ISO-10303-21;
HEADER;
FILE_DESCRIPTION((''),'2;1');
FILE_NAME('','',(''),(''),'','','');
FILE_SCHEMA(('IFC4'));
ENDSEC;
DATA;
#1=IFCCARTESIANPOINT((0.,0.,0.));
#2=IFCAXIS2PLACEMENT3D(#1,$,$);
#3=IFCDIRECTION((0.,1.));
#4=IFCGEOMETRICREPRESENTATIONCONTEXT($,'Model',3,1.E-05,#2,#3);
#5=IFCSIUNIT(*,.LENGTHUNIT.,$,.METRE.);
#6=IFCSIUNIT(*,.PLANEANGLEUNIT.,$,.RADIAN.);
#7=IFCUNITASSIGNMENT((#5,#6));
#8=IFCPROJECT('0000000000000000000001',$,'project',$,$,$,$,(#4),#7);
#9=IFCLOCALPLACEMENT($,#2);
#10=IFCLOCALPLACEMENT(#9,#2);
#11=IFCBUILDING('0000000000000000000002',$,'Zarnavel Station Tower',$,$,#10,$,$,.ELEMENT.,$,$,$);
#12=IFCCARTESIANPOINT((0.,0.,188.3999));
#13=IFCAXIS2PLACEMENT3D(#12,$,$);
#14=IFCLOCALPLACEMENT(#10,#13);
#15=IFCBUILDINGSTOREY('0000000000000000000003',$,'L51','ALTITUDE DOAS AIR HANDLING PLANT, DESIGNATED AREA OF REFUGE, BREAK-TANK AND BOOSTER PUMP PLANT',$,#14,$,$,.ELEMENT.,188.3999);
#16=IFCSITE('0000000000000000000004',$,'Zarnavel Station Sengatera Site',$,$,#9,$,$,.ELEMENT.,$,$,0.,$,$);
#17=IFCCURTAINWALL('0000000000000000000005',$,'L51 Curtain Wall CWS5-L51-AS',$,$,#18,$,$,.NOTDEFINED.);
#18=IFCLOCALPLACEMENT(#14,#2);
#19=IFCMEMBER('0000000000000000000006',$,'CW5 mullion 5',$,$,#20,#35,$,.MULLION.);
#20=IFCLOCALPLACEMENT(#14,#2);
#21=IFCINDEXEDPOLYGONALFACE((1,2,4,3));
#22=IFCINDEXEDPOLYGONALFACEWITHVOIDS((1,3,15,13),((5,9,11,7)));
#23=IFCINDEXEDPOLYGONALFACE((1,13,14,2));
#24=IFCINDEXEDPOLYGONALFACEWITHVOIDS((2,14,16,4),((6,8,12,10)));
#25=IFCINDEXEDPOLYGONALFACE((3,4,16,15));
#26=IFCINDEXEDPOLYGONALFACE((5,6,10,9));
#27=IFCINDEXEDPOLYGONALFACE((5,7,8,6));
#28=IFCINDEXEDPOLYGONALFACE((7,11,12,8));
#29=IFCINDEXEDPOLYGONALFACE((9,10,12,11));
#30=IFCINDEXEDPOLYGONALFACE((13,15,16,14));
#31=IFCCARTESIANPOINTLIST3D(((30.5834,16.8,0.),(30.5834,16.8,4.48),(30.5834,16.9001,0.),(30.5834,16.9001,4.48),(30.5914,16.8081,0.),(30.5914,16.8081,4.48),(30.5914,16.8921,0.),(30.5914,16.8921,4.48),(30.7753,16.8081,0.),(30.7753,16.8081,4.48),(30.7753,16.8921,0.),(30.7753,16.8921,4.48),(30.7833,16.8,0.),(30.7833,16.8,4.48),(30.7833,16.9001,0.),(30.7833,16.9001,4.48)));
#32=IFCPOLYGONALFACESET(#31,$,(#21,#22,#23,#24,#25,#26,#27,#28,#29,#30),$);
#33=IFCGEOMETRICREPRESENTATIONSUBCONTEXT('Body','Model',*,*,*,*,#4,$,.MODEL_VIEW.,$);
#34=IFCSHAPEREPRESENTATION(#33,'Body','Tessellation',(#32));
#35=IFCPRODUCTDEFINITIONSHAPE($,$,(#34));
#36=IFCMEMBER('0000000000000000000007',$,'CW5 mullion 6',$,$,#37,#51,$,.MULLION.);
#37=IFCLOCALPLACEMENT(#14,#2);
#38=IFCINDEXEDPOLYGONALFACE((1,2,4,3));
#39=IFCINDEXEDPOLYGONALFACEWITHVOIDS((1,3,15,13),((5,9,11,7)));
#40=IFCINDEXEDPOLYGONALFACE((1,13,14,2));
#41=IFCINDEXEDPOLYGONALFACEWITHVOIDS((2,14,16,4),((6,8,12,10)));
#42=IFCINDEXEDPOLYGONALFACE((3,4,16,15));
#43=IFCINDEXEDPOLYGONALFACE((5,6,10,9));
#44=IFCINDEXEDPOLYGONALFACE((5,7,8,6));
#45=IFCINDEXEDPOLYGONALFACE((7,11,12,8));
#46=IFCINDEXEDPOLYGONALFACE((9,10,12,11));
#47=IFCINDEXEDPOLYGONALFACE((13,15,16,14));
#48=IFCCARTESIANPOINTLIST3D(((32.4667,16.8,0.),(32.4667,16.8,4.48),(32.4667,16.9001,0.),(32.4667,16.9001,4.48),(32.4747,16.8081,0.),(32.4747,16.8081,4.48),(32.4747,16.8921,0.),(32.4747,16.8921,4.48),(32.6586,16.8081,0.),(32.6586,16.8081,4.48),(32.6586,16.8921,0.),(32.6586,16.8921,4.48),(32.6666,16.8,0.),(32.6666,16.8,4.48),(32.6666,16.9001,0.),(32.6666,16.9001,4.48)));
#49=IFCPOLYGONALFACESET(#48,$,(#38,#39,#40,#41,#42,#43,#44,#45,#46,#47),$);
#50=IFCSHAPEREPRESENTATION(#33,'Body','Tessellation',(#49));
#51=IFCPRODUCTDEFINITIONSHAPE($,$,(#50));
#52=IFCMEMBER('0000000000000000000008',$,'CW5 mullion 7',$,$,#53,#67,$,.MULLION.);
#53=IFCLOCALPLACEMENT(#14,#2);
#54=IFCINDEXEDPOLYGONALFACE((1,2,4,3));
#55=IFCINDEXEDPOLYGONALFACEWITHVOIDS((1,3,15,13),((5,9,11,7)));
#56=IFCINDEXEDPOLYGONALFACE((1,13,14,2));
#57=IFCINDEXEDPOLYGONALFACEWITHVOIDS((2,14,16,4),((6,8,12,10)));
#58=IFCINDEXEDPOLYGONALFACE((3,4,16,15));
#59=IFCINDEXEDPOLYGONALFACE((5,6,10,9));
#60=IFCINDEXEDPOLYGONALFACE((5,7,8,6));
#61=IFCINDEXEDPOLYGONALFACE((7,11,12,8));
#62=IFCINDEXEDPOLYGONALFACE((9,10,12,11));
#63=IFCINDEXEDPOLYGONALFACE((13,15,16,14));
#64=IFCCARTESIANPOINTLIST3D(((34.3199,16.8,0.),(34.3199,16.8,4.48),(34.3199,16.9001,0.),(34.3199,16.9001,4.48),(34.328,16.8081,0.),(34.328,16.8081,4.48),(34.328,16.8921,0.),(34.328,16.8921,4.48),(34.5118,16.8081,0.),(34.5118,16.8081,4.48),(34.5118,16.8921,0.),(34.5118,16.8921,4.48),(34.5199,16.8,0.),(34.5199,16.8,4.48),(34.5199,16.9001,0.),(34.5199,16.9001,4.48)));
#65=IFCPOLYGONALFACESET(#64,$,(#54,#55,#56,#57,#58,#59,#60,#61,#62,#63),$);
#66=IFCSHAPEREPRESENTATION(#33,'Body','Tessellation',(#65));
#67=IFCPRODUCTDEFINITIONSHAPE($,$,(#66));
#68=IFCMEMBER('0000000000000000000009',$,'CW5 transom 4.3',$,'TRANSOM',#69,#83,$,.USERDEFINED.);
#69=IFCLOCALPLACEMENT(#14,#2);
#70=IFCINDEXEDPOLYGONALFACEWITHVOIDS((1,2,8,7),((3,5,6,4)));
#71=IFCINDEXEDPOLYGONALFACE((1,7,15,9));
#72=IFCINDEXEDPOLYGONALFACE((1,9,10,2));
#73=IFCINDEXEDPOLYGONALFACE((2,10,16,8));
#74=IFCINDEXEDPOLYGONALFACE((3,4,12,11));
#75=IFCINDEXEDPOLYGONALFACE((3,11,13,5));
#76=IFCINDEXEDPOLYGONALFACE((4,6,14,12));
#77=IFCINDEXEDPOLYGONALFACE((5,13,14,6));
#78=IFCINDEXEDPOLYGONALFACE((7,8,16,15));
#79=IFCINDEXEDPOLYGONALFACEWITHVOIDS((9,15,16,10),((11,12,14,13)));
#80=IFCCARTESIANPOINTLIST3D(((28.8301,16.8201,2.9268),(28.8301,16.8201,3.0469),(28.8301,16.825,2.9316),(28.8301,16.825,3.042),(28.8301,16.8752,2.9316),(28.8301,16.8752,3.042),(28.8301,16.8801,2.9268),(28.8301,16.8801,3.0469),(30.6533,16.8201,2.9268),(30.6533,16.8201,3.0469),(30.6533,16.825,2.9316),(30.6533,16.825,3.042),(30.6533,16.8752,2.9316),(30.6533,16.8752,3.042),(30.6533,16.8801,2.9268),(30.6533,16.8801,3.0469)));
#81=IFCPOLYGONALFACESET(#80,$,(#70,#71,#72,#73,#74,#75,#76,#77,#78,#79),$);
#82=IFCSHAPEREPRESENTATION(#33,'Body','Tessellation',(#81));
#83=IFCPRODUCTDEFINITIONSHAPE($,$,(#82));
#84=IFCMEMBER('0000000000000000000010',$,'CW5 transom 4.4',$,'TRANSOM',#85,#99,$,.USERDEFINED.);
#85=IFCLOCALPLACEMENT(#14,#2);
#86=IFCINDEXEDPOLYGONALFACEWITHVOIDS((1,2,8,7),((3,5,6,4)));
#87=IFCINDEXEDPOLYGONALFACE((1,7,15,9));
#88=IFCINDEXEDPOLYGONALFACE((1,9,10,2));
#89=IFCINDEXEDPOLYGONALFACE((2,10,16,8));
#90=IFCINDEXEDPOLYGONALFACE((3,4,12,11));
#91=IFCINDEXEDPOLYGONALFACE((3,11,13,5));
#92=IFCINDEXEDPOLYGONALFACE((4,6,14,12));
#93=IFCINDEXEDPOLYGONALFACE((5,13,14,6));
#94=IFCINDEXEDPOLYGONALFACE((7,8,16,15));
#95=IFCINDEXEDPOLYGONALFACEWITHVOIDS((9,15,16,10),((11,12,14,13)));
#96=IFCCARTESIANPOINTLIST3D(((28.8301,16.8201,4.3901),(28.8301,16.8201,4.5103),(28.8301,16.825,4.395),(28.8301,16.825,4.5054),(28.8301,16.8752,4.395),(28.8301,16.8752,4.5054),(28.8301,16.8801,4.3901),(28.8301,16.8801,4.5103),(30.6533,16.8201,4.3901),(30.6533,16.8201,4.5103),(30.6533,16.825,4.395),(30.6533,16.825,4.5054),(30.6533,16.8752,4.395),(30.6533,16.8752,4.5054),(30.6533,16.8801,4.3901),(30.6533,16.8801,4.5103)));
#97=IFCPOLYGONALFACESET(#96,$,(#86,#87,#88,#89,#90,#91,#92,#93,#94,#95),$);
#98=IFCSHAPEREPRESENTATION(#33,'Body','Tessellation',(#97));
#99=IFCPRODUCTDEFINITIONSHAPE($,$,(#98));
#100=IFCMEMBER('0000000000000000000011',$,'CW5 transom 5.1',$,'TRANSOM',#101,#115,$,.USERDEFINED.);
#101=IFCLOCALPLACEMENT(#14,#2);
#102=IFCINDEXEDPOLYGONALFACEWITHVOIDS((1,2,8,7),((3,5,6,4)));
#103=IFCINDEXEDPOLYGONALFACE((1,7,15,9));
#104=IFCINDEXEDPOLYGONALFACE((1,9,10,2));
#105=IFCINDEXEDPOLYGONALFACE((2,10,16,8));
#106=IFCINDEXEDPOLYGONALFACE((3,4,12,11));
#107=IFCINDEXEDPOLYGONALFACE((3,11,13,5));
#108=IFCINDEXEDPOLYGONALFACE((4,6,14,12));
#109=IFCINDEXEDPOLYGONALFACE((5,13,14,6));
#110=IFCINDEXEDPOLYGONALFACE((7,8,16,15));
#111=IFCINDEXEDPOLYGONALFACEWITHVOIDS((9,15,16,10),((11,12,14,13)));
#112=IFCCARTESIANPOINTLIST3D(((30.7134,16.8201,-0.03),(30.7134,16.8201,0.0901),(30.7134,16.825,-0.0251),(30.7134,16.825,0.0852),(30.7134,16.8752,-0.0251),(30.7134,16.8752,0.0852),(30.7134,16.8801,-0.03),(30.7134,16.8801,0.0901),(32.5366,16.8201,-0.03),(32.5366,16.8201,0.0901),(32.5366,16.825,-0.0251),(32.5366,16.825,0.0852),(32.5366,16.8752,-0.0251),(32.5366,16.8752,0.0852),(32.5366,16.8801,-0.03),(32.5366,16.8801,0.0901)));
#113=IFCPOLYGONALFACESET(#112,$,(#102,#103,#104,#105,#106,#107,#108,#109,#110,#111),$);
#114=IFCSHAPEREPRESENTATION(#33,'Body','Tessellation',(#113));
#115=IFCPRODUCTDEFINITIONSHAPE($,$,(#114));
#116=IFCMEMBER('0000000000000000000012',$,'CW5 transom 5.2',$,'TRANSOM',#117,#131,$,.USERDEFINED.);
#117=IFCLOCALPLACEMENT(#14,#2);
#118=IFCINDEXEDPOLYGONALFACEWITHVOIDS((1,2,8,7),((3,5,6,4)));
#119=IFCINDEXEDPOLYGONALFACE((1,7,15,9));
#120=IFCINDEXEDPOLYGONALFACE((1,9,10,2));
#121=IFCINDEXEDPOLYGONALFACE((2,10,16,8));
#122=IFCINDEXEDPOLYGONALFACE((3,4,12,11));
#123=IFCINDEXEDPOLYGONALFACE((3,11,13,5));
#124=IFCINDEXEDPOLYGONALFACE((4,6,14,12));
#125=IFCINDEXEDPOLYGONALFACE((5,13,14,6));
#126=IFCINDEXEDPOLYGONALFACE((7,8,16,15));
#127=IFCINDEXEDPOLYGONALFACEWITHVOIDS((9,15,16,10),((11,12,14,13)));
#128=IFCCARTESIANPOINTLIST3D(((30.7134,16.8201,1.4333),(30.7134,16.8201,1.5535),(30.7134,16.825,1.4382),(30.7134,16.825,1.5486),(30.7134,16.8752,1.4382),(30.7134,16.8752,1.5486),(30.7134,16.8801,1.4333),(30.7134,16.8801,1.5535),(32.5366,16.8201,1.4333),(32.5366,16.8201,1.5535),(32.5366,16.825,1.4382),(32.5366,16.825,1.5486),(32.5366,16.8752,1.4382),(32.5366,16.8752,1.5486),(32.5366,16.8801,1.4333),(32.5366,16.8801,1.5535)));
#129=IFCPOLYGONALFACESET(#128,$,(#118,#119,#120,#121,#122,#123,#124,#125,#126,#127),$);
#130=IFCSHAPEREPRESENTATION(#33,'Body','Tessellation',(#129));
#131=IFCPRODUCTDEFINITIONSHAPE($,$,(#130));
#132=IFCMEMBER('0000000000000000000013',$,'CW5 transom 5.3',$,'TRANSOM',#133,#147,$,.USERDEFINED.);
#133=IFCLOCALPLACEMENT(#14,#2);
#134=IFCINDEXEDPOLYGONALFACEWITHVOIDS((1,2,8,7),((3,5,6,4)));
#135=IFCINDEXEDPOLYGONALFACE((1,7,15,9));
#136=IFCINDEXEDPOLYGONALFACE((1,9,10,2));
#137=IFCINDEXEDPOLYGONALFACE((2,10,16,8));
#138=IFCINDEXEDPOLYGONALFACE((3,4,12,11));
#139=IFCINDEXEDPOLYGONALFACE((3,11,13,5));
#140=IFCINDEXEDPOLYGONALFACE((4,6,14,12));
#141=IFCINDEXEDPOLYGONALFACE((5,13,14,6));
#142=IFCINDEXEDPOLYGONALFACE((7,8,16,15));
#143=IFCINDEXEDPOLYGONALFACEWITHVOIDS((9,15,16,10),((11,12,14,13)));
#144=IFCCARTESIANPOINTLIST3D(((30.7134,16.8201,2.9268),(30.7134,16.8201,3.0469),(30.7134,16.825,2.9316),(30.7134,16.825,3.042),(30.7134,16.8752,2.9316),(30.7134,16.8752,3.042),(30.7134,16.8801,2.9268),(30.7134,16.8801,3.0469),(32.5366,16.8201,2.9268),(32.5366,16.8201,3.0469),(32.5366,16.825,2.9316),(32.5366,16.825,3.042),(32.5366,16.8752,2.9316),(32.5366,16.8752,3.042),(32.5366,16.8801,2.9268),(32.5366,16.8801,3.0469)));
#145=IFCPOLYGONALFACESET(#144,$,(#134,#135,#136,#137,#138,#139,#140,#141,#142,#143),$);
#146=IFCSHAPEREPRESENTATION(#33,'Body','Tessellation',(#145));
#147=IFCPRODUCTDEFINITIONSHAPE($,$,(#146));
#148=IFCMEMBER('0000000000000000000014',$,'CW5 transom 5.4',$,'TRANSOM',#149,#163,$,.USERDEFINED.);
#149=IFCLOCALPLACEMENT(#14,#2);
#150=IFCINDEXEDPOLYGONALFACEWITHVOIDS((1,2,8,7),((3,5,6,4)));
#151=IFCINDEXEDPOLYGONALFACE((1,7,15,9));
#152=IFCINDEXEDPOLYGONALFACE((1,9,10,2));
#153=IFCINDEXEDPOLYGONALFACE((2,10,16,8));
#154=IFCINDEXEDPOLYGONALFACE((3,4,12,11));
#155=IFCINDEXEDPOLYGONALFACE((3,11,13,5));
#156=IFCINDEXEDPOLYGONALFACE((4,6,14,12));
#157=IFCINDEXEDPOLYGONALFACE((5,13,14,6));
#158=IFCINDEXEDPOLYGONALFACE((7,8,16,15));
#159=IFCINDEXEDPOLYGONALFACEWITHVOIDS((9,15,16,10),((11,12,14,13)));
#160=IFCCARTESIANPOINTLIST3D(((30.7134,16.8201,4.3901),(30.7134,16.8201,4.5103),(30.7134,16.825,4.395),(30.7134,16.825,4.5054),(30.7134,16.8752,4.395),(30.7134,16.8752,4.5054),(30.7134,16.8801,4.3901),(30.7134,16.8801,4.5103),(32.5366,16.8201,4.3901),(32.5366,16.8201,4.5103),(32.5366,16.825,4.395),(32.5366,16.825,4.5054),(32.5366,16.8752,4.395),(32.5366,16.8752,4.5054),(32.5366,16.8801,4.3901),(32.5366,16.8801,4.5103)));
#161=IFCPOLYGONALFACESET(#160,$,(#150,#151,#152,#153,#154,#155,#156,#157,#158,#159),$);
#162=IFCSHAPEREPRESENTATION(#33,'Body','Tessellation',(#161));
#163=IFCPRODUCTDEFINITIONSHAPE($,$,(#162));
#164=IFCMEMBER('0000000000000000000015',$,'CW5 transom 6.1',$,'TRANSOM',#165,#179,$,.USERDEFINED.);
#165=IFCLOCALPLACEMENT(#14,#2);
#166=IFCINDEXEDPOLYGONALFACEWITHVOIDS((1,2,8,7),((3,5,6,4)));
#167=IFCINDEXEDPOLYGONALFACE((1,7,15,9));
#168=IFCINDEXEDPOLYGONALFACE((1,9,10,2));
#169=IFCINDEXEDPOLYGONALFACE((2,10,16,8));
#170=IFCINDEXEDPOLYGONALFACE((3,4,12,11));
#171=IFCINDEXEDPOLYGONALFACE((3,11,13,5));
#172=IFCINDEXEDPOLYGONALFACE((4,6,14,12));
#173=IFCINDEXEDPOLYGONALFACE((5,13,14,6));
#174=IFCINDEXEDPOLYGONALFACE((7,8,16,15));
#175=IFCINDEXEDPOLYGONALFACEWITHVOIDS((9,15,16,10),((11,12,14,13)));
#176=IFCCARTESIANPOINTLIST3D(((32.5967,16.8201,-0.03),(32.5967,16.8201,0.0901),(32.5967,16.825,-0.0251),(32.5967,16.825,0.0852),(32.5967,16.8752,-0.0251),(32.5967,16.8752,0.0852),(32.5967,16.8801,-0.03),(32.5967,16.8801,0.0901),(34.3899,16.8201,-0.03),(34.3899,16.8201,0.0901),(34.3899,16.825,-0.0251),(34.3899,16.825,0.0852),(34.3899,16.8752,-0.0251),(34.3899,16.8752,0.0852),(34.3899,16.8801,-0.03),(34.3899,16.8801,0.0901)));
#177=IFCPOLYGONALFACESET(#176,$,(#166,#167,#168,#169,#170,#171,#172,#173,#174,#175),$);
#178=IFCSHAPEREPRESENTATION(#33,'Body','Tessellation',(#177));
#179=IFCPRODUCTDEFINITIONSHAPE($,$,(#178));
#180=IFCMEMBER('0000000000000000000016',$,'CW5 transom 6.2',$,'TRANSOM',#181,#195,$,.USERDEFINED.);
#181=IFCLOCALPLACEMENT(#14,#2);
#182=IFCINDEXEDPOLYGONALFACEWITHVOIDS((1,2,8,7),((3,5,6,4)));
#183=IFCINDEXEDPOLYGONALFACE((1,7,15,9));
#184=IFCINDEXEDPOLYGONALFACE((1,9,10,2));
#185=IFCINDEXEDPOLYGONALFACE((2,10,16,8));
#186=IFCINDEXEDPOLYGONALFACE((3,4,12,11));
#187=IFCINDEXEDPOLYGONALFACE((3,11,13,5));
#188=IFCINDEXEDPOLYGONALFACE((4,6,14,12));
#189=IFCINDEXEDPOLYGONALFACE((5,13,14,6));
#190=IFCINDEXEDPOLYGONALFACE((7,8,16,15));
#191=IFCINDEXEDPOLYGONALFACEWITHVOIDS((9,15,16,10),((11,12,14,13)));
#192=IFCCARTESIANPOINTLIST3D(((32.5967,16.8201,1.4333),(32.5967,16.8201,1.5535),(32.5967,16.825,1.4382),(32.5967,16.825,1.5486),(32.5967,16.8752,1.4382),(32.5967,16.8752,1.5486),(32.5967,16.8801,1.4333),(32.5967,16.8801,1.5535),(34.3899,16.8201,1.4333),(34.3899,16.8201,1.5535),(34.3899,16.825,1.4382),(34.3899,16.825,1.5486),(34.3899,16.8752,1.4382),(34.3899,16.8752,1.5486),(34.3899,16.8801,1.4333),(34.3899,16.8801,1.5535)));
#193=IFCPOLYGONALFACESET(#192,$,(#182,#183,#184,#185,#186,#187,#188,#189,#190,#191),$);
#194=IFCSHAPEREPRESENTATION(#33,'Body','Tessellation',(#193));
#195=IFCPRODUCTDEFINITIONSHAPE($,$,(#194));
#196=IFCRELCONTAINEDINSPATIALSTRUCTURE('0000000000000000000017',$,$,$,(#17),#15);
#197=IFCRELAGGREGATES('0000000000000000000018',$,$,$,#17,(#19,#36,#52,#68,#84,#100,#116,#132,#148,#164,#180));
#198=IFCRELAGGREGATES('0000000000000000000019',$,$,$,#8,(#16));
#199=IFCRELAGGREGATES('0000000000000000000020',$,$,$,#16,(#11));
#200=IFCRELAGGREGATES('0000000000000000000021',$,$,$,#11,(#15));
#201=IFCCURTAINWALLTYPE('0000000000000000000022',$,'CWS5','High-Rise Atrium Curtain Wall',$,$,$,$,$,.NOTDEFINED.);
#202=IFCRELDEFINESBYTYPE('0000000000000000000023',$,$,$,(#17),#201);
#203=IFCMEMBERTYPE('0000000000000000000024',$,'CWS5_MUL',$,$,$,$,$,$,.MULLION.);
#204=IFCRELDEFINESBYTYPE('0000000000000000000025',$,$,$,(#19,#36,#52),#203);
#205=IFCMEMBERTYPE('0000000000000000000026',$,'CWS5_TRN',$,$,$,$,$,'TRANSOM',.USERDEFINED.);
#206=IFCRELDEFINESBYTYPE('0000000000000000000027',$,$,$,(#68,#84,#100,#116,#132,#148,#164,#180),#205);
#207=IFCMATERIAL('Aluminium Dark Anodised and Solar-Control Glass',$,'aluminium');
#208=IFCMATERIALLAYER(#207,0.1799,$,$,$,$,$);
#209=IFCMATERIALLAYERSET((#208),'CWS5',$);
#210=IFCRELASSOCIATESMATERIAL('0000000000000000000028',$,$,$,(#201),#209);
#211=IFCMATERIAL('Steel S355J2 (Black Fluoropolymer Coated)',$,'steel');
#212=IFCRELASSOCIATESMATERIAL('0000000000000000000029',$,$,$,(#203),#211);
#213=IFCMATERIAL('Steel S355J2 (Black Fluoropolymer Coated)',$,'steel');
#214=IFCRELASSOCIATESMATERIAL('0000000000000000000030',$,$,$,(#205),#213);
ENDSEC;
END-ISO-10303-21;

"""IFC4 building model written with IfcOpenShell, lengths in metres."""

from ifc_helpers import new_model, si_unit, direction, frame, origin, origin_2d, place, context, subcontext, project, spatial, hollow_rectangle, extrude, material, layer, layer_set, material_profile, profile_set, type_object, element, aggregate, save


model = new_model("IFC4")

# Units and contexts
model_context = context("Model", 3, precision=1e-05, world=origin(), true_north=direction((0.0, 1.0)))
body_context = subcontext(model_context, "Body", "Model", "MODEL_VIEW")
ifc_project = project(units=[si_unit("LENGTHUNIT", "METRE"), si_unit("PLANEANGLEUNIT", "RADIAN")], contexts=[model_context])

# Site, building, storey
site_placement = place(None, origin())
site = spatial("IfcSite", under=ifc_project, at=site_placement, Name="Zarnavel Station Sengatera Site", CompositionType="ELEMENT", RefElevation=0.0)
building_placement = place(site_placement, origin())
building = spatial("IfcBuilding", under=site, at=building_placement, Name="Zarnavel Station Tower", CompositionType="ELEMENT")
storey_placement = place(building_placement, frame((0.0, 0.0, 188.3999)))
storey = spatial("IfcBuildingStorey", under=building, at=storey_placement, Name="L51", Description="ALTITUDE DOAS AIR HANDLING PLANT, DESIGNATED AREA OF REFUGE, BREAK-TANK AND BOOSTER PUMP PLANT", CompositionType="ELEMENT", Elevation=188.3999)

# Curtain wall, members
ifc_material_1 = material(Name="Aluminium Dark Anodised and Solar-Control Glass", Category="aluminium")
ifc_layer_1 = layer(ifc_material_1, 0.1799)
ifc_layer_set_1 = layer_set([ifc_layer_1], Name="CWS5")
curtain_wall_type = type_object("IfcCurtainWallType", Name="CWS5", Description="High-Rise Atrium Curtain Wall", PredefinedType="NOTDEFINED", material=ifc_layer_set_1)
curtain_wall_placement = place(storey_placement, origin())
curtain_wall = element("IfcCurtainWall", 1, at=curtain_wall_placement, inside=storey, type_object=curtain_wall_type, Name="L51 Curtain Wall CWS5-L51-AS", PredefinedType="NOTDEFINED")
ifc_material_2 = material(Name="Steel S355J2 (Black Fluoropolymer Coated)", Category="steel")
ifc_material_profile_1 = material_profile(ifc_material_2, hollow_rectangle(XDim=0.1001, YDim=0.2, WallThickness=0.0081, at=origin_2d()), Name="RHS200x100x8")
ifc_profile_set_1 = profile_set([ifc_material_profile_1], Name="Steel S355J2 (Black Fluoropolymer Coated)")
member_type_1 = type_object("IfcMemberType", Name="CWS5_MUL", PredefinedType="MULLION", material=ifc_profile_set_1)
member_1_placement = place(storey_placement, frame((30.6833, 16.8501, 0.0), z_axis=(0.0, 0.0, 1.0), x_axis=(0.0, 1.0, 0.0)))
member_1 = element("IfcMember", 2, at=member_1_placement, type_object=member_type_1, Name="CW5 mullion 5", PredefinedType="MULLION", context=body_context, shape_type="SweptSolid", body=[
    extrude(hollow_rectangle(XDim=0.1001, YDim=0.2, WallThickness=0.0081, at=origin_2d()), origin(), (0.0, 0.0, 1.0), 4.48),
])
member_2_placement = place(storey_placement, frame((32.5667, 16.8501, 0.0), z_axis=(0.0, 0.0, 1.0), x_axis=(0.0, 1.0, 0.0)))
member_2 = element("IfcMember", 3, at=member_2_placement, type_object=member_type_1, Name="CW5 mullion 6", PredefinedType="MULLION", context=body_context, shape_type="SweptSolid", body=[
    extrude(hollow_rectangle(XDim=0.1001, YDim=0.2, WallThickness=0.0081, at=origin_2d()), origin(), (0.0, 0.0, 1.0), 4.48),
])
member_3_placement = place(storey_placement, frame((34.4199, 16.8501, 0.0), z_axis=(0.0, 0.0, 1.0), x_axis=(0.0, 1.0, 0.0)))
member_3 = element("IfcMember", 4, at=member_3_placement, type_object=member_type_1, Name="CW5 mullion 7", PredefinedType="MULLION", context=body_context, shape_type="SweptSolid", body=[
    extrude(hollow_rectangle(XDim=0.1001, YDim=0.2, WallThickness=0.0081, at=origin_2d()), origin(), (0.0, 0.0, 1.0), 4.48),
])
ifc_material_3 = material(Name="Steel S355J2 (Black Fluoropolymer Coated)", Category="steel")
ifc_material_profile_2 = material_profile(ifc_material_3, hollow_rectangle(XDim=0.0601, YDim=0.1201, WallThickness=0.0049, at=origin_2d()), Name="RHS120x60x5")
ifc_profile_set_2 = profile_set([ifc_material_profile_2], Name="Steel S355J2 (Black Fluoropolymer Coated)")
member_type_2 = type_object("IfcMemberType", Name="CWS5_TRN", ElementType="TRANSOM", PredefinedType="USERDEFINED", material=ifc_profile_set_2)
member_4_placement = place(storey_placement, frame((28.8301, 16.8501, 2.9868), z_axis=(1.0, 0.0, 0.0), x_axis=(0.0, 1.0, 0.0)))
member_4 = element("IfcMember", 5, at=member_4_placement, type_object=member_type_2, Name="CW5 transom 4.3", ObjectType="TRANSOM", PredefinedType="USERDEFINED", context=body_context, shape_type="SweptSolid", body=[
    extrude(hollow_rectangle(XDim=0.0601, YDim=0.1201, WallThickness=0.0049, at=origin_2d()), origin(), (0.0, 0.0, 1.0), 1.8232),
])
member_5_placement = place(storey_placement, frame((28.8301, 16.8501, 4.4502), z_axis=(1.0, 0.0, 0.0), x_axis=(0.0, 1.0, 0.0)))
member_5 = element("IfcMember", 6, at=member_5_placement, type_object=member_type_2, Name="CW5 transom 4.4", ObjectType="TRANSOM", PredefinedType="USERDEFINED", context=body_context, shape_type="SweptSolid", body=[
    extrude(hollow_rectangle(XDim=0.0601, YDim=0.1201, WallThickness=0.0049, at=origin_2d()), origin(), (0.0, 0.0, 1.0), 1.8232),
])
member_6_placement = place(storey_placement, frame((30.7134, 16.8501, 0.03), z_axis=(1.0, 0.0, 0.0), x_axis=(0.0, 1.0, 0.0)))
member_6 = element("IfcMember", 7, at=member_6_placement, type_object=member_type_2, Name="CW5 transom 5.1", ObjectType="TRANSOM", PredefinedType="USERDEFINED", context=body_context, shape_type="SweptSolid", body=[
    extrude(hollow_rectangle(XDim=0.0601, YDim=0.1201, WallThickness=0.0049, at=origin_2d()), origin(), (0.0, 0.0, 1.0), 1.8232),
])
member_7_placement = place(storey_placement, frame((30.7134, 16.8501, 1.4934), z_axis=(1.0, 0.0, 0.0), x_axis=(0.0, 1.0, 0.0)))
member_7 = element("IfcMember", 8, at=member_7_placement, type_object=member_type_2, Name="CW5 transom 5.2", ObjectType="TRANSOM", PredefinedType="USERDEFINED", context=body_context, shape_type="SweptSolid", body=[
    extrude(hollow_rectangle(XDim=0.0601, YDim=0.1201, WallThickness=0.0049, at=origin_2d()), origin(), (0.0, 0.0, 1.0), 1.8232),
])
member_8_placement = place(storey_placement, frame((30.7134, 16.8501, 2.9868), z_axis=(1.0, 0.0, 0.0), x_axis=(0.0, 1.0, 0.0)))
member_8 = element("IfcMember", 9, at=member_8_placement, type_object=member_type_2, Name="CW5 transom 5.3", ObjectType="TRANSOM", PredefinedType="USERDEFINED", context=body_context, shape_type="SweptSolid", body=[
    extrude(hollow_rectangle(XDim=0.0601, YDim=0.1201, WallThickness=0.0049, at=origin_2d()), origin(), (0.0, 0.0, 1.0), 1.8232),
])
member_9_placement = place(storey_placement, frame((30.7134, 16.8501, 4.4502), z_axis=(1.0, 0.0, 0.0), x_axis=(0.0, 1.0, 0.0)))
member_9 = element("IfcMember", 10, at=member_9_placement, type_object=member_type_2, Name="CW5 transom 5.4", ObjectType="TRANSOM", PredefinedType="USERDEFINED", context=body_context, shape_type="SweptSolid", body=[
    extrude(hollow_rectangle(XDim=0.0601, YDim=0.1201, WallThickness=0.0049, at=origin_2d()), origin(), (0.0, 0.0, 1.0), 1.8232),
])
member_10_placement = place(storey_placement, frame((32.5967, 16.8501, 0.03), z_axis=(1.0, 0.0, 0.0), x_axis=(0.0, 1.0, 0.0)))
member_10 = element("IfcMember", 11, at=member_10_placement, type_object=member_type_2, Name="CW5 transom 6.1", ObjectType="TRANSOM", PredefinedType="USERDEFINED", context=body_context, shape_type="SweptSolid", body=[
    extrude(hollow_rectangle(XDim=0.0601, YDim=0.1201, WallThickness=0.0049, at=origin_2d()), origin(), (0.0, 0.0, 1.0), 1.7932),
])
member_11_placement = place(storey_placement, frame((32.5967, 16.8501, 1.4934), z_axis=(1.0, 0.0, 0.0), x_axis=(0.0, 1.0, 0.0)))
member_11 = element("IfcMember", 12, at=member_11_placement, type_object=member_type_2, Name="CW5 transom 6.2", ObjectType="TRANSOM", PredefinedType="USERDEFINED", context=body_context, shape_type="SweptSolid", body=[
    extrude(hollow_rectangle(XDim=0.0601, YDim=0.1201, WallThickness=0.0049, at=origin_2d()), origin(), (0.0, 0.0, 1.0), 1.7932),
])
aggregate(curtain_wall, [member_1, member_2, member_3, member_4, member_5, member_6, member_7, member_8, member_9, member_10, member_11])

save(model, "model.ifc")
